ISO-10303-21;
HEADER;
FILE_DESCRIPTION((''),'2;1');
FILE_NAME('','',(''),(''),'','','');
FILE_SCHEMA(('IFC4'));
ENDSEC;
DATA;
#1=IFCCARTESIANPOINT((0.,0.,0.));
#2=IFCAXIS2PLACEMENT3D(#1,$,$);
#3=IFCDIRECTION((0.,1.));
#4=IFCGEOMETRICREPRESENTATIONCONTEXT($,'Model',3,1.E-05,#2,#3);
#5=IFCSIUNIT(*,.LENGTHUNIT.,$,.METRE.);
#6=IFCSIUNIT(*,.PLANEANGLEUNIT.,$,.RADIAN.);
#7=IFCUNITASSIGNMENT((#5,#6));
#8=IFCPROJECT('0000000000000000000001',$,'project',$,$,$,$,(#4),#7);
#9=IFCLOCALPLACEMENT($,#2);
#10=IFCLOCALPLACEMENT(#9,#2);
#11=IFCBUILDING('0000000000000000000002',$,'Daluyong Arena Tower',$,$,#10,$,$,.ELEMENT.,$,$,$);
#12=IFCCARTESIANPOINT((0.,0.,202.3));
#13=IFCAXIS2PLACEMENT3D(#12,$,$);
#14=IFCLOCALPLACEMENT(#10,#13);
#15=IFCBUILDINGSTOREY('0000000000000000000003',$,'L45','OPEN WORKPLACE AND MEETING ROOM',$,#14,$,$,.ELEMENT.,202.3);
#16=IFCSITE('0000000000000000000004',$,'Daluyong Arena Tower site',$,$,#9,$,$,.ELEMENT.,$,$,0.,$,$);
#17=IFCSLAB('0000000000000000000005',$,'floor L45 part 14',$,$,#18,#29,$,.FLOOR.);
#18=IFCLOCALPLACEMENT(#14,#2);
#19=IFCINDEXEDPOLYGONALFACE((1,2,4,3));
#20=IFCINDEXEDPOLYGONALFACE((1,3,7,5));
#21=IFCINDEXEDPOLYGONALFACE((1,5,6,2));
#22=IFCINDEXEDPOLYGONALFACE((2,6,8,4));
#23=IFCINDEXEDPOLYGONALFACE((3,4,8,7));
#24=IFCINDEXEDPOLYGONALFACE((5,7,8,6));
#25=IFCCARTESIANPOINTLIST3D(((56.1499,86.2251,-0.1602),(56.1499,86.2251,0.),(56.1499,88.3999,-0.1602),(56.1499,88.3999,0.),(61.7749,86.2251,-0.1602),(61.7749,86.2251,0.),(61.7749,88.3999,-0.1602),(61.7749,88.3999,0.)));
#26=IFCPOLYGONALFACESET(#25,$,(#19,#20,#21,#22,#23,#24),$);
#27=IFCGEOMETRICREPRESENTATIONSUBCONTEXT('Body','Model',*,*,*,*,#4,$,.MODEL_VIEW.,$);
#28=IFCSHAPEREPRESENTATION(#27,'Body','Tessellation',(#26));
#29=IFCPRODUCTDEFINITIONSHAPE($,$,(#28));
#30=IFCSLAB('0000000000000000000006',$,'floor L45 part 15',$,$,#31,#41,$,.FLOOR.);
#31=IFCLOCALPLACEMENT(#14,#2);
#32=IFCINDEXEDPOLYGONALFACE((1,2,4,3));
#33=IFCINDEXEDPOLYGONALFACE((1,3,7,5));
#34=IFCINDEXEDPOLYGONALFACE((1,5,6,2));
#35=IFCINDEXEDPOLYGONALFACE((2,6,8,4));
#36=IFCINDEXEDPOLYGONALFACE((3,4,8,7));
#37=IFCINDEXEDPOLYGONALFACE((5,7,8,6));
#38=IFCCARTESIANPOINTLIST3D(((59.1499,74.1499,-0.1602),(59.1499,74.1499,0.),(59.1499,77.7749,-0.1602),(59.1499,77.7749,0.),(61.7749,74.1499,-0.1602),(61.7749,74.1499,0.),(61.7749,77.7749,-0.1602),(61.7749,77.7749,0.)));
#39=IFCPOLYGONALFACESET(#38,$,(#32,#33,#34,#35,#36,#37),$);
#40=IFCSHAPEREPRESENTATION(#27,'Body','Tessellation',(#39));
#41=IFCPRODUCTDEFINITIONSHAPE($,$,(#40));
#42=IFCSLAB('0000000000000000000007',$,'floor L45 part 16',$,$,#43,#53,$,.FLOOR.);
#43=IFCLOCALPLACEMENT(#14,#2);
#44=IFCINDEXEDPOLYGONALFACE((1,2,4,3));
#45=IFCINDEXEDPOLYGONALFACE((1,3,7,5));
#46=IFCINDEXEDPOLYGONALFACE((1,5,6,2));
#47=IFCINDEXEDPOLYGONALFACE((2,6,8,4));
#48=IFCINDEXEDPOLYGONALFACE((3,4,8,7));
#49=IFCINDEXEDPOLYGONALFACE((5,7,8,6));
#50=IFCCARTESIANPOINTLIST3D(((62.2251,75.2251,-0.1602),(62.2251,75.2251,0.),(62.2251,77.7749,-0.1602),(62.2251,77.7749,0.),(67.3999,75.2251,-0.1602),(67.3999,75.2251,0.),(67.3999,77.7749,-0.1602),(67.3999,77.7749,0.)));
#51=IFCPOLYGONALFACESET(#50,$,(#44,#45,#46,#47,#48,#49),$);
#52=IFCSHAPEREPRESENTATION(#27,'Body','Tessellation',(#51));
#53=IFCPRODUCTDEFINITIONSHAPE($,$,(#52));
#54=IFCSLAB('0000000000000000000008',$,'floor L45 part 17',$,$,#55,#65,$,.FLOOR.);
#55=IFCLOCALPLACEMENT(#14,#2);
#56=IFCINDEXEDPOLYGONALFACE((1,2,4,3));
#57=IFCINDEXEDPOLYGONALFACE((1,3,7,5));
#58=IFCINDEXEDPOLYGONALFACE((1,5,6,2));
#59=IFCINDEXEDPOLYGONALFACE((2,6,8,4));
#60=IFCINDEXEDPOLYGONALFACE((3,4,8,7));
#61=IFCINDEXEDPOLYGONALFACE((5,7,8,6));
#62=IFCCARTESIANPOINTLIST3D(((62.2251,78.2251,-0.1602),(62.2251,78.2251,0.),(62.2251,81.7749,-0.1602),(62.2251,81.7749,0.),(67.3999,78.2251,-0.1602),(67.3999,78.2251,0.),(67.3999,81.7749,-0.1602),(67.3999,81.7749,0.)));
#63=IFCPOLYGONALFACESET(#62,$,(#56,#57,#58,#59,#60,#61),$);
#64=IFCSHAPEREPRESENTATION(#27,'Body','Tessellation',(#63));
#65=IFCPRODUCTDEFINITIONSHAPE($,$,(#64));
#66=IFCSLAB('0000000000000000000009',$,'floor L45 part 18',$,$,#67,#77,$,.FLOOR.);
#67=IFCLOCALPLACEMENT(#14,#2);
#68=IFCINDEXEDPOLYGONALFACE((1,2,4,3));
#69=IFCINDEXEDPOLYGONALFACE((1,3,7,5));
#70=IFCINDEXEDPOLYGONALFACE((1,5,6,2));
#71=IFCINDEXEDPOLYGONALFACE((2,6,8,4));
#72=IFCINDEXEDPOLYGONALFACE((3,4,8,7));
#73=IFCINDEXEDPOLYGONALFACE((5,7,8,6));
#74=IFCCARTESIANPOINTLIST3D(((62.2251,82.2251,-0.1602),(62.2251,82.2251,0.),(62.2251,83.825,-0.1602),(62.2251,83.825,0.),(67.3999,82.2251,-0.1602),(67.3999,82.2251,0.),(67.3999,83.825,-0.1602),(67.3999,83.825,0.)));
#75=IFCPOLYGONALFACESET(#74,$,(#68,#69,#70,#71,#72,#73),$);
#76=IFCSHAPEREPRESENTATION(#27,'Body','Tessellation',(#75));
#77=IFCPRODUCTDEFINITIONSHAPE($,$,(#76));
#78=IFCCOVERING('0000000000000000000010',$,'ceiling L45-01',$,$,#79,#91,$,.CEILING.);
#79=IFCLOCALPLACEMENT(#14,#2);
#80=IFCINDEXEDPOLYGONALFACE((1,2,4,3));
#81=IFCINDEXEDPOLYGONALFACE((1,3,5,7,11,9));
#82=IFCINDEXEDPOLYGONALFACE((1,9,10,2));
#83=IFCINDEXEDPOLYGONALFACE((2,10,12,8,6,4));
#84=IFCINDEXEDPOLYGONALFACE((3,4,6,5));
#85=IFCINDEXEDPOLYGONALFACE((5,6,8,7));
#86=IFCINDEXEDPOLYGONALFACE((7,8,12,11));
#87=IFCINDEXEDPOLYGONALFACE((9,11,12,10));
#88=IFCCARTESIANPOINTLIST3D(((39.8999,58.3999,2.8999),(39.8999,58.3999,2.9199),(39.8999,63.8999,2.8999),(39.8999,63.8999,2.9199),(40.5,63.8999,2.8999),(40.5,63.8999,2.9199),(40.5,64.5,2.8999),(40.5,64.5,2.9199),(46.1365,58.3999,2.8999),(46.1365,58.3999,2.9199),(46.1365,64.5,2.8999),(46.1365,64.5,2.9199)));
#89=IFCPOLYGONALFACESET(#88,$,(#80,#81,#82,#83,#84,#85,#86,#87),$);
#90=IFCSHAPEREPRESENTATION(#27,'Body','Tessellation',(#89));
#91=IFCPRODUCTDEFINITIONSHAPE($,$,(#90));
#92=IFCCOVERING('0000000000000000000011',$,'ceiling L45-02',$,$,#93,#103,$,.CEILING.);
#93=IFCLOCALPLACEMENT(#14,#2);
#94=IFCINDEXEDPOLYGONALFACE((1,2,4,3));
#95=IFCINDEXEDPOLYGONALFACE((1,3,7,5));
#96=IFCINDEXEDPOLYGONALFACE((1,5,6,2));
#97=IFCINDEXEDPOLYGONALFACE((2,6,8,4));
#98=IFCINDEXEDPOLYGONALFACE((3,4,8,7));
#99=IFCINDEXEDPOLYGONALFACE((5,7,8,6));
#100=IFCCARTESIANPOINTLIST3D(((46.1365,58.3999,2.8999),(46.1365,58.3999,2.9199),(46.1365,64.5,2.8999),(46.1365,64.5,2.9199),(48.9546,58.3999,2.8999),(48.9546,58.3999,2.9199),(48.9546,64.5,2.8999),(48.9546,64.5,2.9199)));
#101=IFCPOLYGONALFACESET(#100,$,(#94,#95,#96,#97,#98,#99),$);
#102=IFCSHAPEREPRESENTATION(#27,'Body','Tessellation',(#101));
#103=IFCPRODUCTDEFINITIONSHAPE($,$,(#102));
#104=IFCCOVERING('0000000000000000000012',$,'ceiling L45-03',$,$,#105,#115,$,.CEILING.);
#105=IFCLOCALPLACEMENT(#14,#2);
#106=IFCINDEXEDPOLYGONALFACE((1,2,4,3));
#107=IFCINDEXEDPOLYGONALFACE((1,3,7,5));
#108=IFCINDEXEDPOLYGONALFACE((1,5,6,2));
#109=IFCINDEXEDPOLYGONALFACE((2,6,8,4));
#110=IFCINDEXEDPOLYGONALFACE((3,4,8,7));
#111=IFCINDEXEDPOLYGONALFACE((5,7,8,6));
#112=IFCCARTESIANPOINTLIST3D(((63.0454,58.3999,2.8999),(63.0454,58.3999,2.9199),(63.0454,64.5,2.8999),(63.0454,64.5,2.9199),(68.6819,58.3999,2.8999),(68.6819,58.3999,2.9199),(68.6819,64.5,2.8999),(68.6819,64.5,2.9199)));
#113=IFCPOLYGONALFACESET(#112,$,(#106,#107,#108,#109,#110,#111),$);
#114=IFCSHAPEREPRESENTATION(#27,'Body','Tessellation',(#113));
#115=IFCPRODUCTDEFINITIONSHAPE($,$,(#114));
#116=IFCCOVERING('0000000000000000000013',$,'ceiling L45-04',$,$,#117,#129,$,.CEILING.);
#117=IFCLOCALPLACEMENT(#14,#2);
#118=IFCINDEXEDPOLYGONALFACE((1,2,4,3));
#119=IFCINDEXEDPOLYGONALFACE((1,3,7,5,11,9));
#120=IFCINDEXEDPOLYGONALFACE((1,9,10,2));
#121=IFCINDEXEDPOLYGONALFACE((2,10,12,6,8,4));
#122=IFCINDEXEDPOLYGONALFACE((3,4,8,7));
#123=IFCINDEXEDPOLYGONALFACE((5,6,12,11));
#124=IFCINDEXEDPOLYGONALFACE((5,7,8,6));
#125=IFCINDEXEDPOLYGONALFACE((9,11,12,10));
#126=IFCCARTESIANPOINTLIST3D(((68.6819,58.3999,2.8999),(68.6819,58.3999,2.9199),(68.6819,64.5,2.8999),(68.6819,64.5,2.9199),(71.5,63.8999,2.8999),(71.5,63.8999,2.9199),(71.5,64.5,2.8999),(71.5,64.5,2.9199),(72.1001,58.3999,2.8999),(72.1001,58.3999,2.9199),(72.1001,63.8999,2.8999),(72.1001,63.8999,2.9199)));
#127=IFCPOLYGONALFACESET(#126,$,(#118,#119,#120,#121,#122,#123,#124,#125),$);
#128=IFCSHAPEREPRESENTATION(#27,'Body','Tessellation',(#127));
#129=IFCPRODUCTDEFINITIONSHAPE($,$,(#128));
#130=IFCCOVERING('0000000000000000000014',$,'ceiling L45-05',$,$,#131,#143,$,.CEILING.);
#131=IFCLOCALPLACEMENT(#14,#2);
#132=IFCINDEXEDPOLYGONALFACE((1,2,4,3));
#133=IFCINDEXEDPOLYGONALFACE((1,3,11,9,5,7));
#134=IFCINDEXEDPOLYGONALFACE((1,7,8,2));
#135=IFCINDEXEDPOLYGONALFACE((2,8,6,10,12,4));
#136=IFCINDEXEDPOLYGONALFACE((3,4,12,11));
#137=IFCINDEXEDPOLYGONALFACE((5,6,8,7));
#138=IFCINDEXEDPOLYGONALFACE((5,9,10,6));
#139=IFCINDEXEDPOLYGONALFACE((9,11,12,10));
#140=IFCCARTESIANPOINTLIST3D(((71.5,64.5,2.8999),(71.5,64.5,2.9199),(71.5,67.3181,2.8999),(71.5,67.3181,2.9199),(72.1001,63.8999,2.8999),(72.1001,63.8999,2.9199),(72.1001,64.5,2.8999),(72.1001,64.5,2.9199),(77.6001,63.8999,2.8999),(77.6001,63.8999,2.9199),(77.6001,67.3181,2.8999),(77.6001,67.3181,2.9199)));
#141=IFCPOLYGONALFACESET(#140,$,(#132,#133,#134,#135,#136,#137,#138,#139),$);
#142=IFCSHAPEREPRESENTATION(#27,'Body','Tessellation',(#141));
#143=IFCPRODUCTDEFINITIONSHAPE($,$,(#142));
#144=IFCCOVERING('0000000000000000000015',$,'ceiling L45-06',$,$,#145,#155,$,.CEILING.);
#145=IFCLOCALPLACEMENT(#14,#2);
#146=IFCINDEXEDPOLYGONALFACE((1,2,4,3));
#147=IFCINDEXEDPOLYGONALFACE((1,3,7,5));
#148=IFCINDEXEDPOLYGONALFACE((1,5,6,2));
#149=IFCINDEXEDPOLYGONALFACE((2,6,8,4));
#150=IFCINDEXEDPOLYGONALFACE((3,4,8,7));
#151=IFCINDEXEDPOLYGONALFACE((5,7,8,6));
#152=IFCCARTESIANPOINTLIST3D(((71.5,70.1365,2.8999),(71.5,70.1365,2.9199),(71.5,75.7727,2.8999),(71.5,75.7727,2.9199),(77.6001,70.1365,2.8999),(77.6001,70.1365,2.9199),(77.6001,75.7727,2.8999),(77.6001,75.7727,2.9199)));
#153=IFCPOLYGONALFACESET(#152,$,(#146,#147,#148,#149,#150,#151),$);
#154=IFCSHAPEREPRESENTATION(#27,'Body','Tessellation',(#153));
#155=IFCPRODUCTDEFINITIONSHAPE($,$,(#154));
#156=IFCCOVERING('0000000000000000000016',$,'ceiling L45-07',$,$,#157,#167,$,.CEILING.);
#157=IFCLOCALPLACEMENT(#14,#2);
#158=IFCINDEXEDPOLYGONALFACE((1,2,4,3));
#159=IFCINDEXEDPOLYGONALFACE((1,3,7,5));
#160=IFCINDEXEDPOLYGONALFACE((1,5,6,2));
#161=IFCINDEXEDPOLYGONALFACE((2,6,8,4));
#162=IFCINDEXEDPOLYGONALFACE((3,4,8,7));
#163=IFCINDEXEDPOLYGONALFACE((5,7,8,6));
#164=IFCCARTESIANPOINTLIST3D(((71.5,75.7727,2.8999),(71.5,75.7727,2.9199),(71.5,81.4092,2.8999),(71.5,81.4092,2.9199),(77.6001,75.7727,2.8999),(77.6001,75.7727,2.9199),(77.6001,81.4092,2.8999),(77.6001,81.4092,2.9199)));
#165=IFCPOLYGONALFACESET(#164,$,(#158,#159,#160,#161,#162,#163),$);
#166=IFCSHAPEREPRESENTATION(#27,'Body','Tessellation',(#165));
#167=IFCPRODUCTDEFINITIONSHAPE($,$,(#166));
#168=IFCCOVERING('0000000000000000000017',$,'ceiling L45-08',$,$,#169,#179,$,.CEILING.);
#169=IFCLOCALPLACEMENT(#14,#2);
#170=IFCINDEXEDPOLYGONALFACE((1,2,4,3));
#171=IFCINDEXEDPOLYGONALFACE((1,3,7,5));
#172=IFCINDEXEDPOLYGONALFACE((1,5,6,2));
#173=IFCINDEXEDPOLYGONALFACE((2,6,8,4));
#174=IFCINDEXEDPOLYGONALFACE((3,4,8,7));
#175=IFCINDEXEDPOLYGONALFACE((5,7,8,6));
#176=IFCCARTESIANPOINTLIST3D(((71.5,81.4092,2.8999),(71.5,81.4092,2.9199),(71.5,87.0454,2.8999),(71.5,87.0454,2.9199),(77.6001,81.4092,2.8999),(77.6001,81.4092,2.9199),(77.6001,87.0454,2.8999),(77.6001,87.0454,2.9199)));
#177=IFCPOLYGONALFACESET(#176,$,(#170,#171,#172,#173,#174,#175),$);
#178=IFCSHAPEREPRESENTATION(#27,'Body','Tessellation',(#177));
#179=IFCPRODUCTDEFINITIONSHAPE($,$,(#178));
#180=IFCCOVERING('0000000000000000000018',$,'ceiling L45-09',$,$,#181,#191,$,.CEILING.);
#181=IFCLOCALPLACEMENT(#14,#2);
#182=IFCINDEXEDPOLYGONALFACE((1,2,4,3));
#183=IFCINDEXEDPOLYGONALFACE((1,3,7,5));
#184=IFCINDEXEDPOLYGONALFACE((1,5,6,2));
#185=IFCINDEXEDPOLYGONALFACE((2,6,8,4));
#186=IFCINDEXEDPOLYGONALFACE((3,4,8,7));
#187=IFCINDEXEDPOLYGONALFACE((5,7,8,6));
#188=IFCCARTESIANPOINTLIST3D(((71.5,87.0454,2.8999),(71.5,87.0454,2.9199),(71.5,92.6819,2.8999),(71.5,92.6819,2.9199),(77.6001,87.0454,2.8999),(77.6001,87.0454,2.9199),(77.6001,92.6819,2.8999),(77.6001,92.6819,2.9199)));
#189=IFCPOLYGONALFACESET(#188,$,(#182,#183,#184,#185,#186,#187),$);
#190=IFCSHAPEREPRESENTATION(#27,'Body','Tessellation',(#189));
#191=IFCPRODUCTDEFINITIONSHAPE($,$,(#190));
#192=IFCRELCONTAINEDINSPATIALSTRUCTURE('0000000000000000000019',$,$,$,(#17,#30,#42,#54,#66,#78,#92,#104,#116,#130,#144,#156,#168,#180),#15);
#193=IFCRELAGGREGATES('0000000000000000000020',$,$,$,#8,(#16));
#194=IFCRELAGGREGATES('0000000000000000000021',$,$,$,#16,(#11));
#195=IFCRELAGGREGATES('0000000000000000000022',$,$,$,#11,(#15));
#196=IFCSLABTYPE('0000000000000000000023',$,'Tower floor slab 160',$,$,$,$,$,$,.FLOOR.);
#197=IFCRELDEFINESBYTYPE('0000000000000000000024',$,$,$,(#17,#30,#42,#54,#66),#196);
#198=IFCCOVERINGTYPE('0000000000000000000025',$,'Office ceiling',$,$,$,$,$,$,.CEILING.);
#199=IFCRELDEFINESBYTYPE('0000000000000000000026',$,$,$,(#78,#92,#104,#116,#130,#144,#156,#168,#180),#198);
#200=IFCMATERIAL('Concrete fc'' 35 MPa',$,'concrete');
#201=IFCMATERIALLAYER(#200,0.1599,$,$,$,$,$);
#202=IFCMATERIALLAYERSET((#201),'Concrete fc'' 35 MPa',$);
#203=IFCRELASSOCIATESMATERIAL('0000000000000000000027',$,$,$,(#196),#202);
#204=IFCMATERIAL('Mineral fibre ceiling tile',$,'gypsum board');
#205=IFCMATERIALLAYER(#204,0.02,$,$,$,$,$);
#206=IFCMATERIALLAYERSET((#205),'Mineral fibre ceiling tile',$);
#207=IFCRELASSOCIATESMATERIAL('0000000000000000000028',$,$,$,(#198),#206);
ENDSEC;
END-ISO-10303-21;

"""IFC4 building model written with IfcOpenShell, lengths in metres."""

from ifc_helpers import new_model, si_unit, direction, frame, origin, place, context, subcontext, project, spatial, polyline, outline, extrude, material, layer, layer_set, type_object, element, save


model = new_model("IFC4")

# Units and contexts
model_context = context("Model", 3, precision=1e-05, world=origin(), true_north=direction((0.0, 1.0)))
body_context = subcontext(model_context, "Body", "Model", "MODEL_VIEW")
ifc_project = project(units=[si_unit("LENGTHUNIT", "METRE"), si_unit("PLANEANGLEUNIT", "RADIAN")], contexts=[model_context])

# Site, building, storey
site_placement = place(None, origin())
site = spatial("IfcSite", under=ifc_project, at=site_placement, Name="Daluyong Arena Tower site", CompositionType="ELEMENT", RefElevation=0.0)
building_placement = place(site_placement, origin())
building = spatial("IfcBuilding", under=site, at=building_placement, Name="Daluyong Arena Tower", CompositionType="ELEMENT")
storey_placement = place(building_placement, frame((0.0, 0.0, 202.3)))
storey = spatial("IfcBuildingStorey", under=building, at=storey_placement, Name="L45", Description="OPEN WORKPLACE AND MEETING ROOM", CompositionType="ELEMENT", Elevation=202.3)

# Slabs
ifc_material_1 = material(Name="Concrete fc' 35 MPa", Category="concrete")
ifc_layer_1 = layer(ifc_material_1, 0.1599)
ifc_layer_set_1 = layer_set([ifc_layer_1], Name="Concrete fc' 35 MPa")
slab_type = type_object("IfcSlabType", Name="Tower floor slab 160", PredefinedType="FLOOR", material=ifc_layer_set_1)
slab_1_placement = place(storey_placement, frame((0.0, 0.0, -0.1602)))
element("IfcSlab", 1, at=slab_1_placement, inside=storey, type_object=slab_type, Name="floor L45 part 14", PredefinedType="FLOOR", context=body_context, shape_type="SweptSolid", body=[
    extrude(outline(polyline([(56.1499, 88.3999), (56.1499, 86.2251), (61.7749, 86.2251), (61.7749, 88.3999), (56.1499, 88.3999)])), origin(), (0.0, 0.0, 1.0), 0.1602),
])
slab_2_placement = place(storey_placement, frame((0.0, 0.0, -0.1602)))
element("IfcSlab", 2, at=slab_2_placement, inside=storey, type_object=slab_type, Name="floor L45 part 15", PredefinedType="FLOOR", context=body_context, shape_type="SweptSolid", body=[
    extrude(outline(polyline([(61.7749, 77.7749), (59.1499, 77.7749), (59.1499, 74.1499), (61.7749, 74.1499), (61.7749, 77.7749)])), origin(), (0.0, 0.0, 1.0), 0.1602),
])
slab_3_placement = place(storey_placement, frame((0.0, 0.0, -0.1602)))
element("IfcSlab", 3, at=slab_3_placement, inside=storey, type_object=slab_type, Name="floor L45 part 16", PredefinedType="FLOOR", context=body_context, shape_type="SweptSolid", body=[
    extrude(outline(polyline([(67.3999, 75.2251), (67.3999, 77.7749), (62.2251, 77.7749), (62.2251, 75.2251), (67.3999, 75.2251)])), origin(), (0.0, 0.0, 1.0), 0.1602),
])
slab_4_placement = place(storey_placement, frame((0.0, 0.0, -0.1602)))
element("IfcSlab", 4, at=slab_4_placement, inside=storey, type_object=slab_type, Name="floor L45 part 17", PredefinedType="FLOOR", context=body_context, shape_type="SweptSolid", body=[
    extrude(outline(polyline([(67.3999, 78.2251), (67.3999, 81.7749), (62.2251, 81.7749), (62.2251, 78.2251), (67.3999, 78.2251)])), origin(), (0.0, 0.0, 1.0), 0.1602),
])
slab_5_placement = place(storey_placement, frame((0.0, 0.0, -0.1602)))
element("IfcSlab", 5, at=slab_5_placement, inside=storey, type_object=slab_type, Name="floor L45 part 18", PredefinedType="FLOOR", context=body_context, shape_type="SweptSolid", body=[
    extrude(outline(polyline([(67.3999, 83.825), (62.2251, 83.825), (62.2251, 82.2251), (67.3999, 82.2251), (67.3999, 83.825)])), origin(), (0.0, 0.0, 1.0), 0.1602),
])

# Coverings
ifc_material_2 = material(Name="Mineral fibre ceiling tile", Category="gypsum board")
ifc_layer_2 = layer(ifc_material_2, 0.02)
ifc_layer_set_2 = layer_set([ifc_layer_2], Name="Mineral fibre ceiling tile")
covering_type = type_object("IfcCoveringType", Name="Office ceiling", PredefinedType="CEILING", material=ifc_layer_set_2)
covering_1_placement = place(storey_placement, frame((0.0, 0.0, 2.8999)))
element("IfcCovering", 6, at=covering_1_placement, inside=storey, type_object=covering_type, Name="ceiling L45-01", PredefinedType="CEILING", context=body_context, shape_type="SweptSolid", body=[
    extrude(outline(polyline([(39.8999, 63.8999), (39.8999, 58.3999), (46.1365, 58.3999), (46.1365, 64.5), (40.5, 64.5), (40.5, 63.8999), (39.8999, 63.8999)])), origin(), (0.0, 0.0, 1.0), 0.02),
])
covering_2_placement = place(storey_placement, frame((0.0, 0.0, 2.8999)))
element("IfcCovering", 7, at=covering_2_placement, inside=storey, type_object=covering_type, Name="ceiling L45-02", PredefinedType="CEILING", context=body_context, shape_type="SweptSolid", body=[
    extrude(outline(polyline([(46.1365, 64.5), (46.1365, 58.3999), (48.9546, 58.3999), (48.9546, 64.5), (46.1365, 64.5)])), origin(), (0.0, 0.0, 1.0), 0.02),
])
covering_3_placement = place(storey_placement, frame((0.0, 0.0, 2.8999)))
element("IfcCovering", 8, at=covering_3_placement, inside=storey, type_object=covering_type, Name="ceiling L45-03", PredefinedType="CEILING", context=body_context, shape_type="SweptSolid", body=[
    extrude(outline(polyline([(63.0454, 64.5), (63.0454, 58.3999), (68.6819, 58.3999), (68.6819, 64.5), (63.0454, 64.5)])), origin(), (0.0, 0.0, 1.0), 0.02),
])
covering_4_placement = place(storey_placement, frame((0.0, 0.0, 2.8999)))
element("IfcCovering", 9, at=covering_4_placement, inside=storey, type_object=covering_type, Name="ceiling L45-04", PredefinedType="CEILING", context=body_context, shape_type="SweptSolid", body=[
    extrude(outline(polyline([(72.1001, 58.3999), (72.1001, 63.8999), (71.5, 63.8999), (71.5, 64.5), (68.6819, 64.5), (68.6819, 58.3999), (72.1001, 58.3999)])), origin(), (0.0, 0.0, 1.0), 0.02),
])
covering_5_placement = place(storey_placement, frame((0.0, 0.0, 2.8999)))
element("IfcCovering", 10, at=covering_5_placement, inside=storey, type_object=covering_type, Name="ceiling L45-05", PredefinedType="CEILING", context=body_context, shape_type="SweptSolid", body=[
    extrude(outline(polyline([(72.1001, 63.8999), (77.6001, 63.8999), (77.6001, 67.3181), (71.5, 67.3181), (71.5, 64.5), (72.1001, 64.5), (72.1001, 63.8999)])), origin(), (0.0, 0.0, 1.0), 0.02),
])
covering_6_placement = place(storey_placement, frame((0.0, 0.0, 2.8999)))
element("IfcCovering", 11, at=covering_6_placement, inside=storey, type_object=covering_type, Name="ceiling L45-06", PredefinedType="CEILING", context=body_context, shape_type="SweptSolid", body=[
    extrude(outline(polyline([(71.5, 70.1365), (77.6001, 70.1365), (77.6001, 75.7727), (71.5, 75.7727), (71.5, 70.1365)])), origin(), (0.0, 0.0, 1.0), 0.02),
])
covering_7_placement = place(storey_placement, frame((0.0, 0.0, 2.8999)))
element("IfcCovering", 12, at=covering_7_placement, inside=storey, type_object=covering_type, Name="ceiling L45-07", PredefinedType="CEILING", context=body_context, shape_type="SweptSolid", body=[
    extrude(outline(polyline([(71.5, 75.7727), (77.6001, 75.7727), (77.6001, 81.4092), (71.5, 81.4092), (71.5, 75.7727)])), origin(), (0.0, 0.0, 1.0), 0.02),
])
covering_8_placement = place(storey_placement, frame((0.0, 0.0, 2.8999)))
element("IfcCovering", 13, at=covering_8_placement, inside=storey, type_object=covering_type, Name="ceiling L45-08", PredefinedType="CEILING", context=body_context, shape_type="SweptSolid", body=[
    extrude(outline(polyline([(71.5, 81.4092), (77.6001, 81.4092), (77.6001, 87.0454), (71.5, 87.0454), (71.5, 81.4092)])), origin(), (0.0, 0.0, 1.0), 0.02),
])
covering_9_placement = place(storey_placement, frame((0.0, 0.0, 2.8999)))
element("IfcCovering", 14, at=covering_9_placement, inside=storey, type_object=covering_type, Name="ceiling L45-09", PredefinedType="CEILING", context=body_context, shape_type="SweptSolid", body=[
    extrude(outline(polyline([(71.5, 87.0454), (77.6001, 87.0454), (77.6001, 92.6819), (71.5, 92.6819), (71.5, 87.0454)])), origin(), (0.0, 0.0, 1.0), 0.02),
])

save(model, "model.ifc")
